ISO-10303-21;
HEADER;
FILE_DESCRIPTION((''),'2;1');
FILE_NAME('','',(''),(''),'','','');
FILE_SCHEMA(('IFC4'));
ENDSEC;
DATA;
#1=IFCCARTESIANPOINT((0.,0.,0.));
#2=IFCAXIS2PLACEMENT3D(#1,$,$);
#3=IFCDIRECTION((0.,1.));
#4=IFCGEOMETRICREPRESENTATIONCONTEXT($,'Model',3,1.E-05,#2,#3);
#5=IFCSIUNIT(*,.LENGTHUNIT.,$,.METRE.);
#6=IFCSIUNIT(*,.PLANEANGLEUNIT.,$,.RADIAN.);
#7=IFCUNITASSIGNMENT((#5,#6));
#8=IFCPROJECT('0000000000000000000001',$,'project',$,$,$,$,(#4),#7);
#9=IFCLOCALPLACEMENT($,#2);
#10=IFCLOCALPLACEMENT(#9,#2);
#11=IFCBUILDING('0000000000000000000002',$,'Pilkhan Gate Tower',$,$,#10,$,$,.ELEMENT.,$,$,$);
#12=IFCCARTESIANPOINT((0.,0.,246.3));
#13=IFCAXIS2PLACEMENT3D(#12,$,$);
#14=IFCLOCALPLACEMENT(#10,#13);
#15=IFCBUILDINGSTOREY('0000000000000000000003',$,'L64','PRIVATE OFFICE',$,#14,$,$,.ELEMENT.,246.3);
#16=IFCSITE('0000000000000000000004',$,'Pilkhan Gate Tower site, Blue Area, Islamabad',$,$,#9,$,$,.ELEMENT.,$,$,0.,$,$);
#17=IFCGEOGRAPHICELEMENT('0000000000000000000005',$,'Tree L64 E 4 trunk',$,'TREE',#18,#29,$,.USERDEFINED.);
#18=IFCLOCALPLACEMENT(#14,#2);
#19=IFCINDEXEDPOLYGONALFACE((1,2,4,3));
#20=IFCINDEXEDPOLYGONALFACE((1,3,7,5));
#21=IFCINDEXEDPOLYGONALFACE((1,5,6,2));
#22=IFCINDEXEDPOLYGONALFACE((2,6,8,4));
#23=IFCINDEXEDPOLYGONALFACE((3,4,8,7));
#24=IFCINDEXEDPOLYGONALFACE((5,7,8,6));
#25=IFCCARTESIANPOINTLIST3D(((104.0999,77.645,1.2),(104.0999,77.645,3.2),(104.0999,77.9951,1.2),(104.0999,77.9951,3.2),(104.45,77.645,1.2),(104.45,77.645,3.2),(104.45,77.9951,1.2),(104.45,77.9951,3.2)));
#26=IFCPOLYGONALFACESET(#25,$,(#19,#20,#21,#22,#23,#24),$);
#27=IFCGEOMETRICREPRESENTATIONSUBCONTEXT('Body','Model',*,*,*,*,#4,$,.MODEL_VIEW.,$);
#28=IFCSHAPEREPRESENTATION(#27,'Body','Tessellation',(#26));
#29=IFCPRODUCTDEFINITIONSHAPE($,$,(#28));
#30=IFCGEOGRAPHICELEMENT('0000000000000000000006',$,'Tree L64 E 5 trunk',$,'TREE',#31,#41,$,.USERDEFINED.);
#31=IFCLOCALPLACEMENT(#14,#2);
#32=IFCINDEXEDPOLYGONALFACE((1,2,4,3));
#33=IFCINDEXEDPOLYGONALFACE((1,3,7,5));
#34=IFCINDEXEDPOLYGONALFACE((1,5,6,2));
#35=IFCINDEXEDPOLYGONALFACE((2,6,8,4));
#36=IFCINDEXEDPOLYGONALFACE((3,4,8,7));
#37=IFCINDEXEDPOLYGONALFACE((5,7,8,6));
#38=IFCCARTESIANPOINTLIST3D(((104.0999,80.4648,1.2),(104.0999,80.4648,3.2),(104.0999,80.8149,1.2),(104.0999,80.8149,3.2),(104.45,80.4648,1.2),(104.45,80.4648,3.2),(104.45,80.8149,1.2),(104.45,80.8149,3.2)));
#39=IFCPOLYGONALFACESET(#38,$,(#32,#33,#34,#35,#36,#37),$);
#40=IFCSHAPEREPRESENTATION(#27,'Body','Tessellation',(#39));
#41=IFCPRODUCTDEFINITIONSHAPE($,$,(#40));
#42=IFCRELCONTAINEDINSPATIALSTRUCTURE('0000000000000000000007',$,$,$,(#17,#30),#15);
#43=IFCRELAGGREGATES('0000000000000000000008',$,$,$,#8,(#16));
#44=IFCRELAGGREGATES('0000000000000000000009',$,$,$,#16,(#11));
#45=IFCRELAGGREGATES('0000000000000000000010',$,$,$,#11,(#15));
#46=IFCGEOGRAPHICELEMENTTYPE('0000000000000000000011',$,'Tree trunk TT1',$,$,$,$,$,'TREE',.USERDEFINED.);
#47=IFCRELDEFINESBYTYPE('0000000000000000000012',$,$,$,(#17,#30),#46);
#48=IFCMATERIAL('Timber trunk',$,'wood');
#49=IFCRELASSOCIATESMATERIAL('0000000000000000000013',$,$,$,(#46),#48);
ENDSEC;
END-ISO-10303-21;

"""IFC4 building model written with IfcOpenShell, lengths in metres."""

from ifc_helpers import new_model, si_unit, direction, frame, origin, origin_2d, place, context, subcontext, project, spatial, rectangle, extrude, material, type_object, element, save


model = new_model("IFC4")

# Units and contexts
model_context = context("Model", 3, precision=1e-05, world=origin(), true_north=direction((0.0, 1.0)))
body_context = subcontext(model_context, "Body", "Model", "MODEL_VIEW")
ifc_project = project(units=[si_unit("LENGTHUNIT", "METRE"), si_unit("PLANEANGLEUNIT", "RADIAN")], contexts=[model_context])

# Site, building, storey
site_placement = place(None, origin())
site = spatial("IfcSite", under=ifc_project, at=site_placement, Name="Pilkhan Gate Tower site, Blue Area, Islamabad", CompositionType="ELEMENT", RefElevation=0.0)
building_placement = place(site_placement, origin())
building = spatial("IfcBuilding", under=site, at=building_placement, Name="Pilkhan Gate Tower", CompositionType="ELEMENT")
storey_placement = place(building_placement, frame((0.0, 0.0, 246.3)))
storey = spatial("IfcBuildingStorey", under=building, at=storey_placement, Name="L64", Description="PRIVATE OFFICE", CompositionType="ELEMENT", Elevation=246.3)

# Geographic elements
ifc_material_1 = material(Name="Timber trunk", Category="wood")
geographic_element_type_1 = type_object("IfcGeographicElementType", Name="Tree trunk TT1", ElementType="TREE", PredefinedType="USERDEFINED", material=ifc_material_1)
for number, where, z_axis, x_axis, name in (
    (1, (104.2749, 77.8201, 1.2), (0.0, 0.0, 1.0), (1.0, 0.0, 0.0), "Tree L64 E 4 trunk"),
    (2, (104.2749, 80.6399, 1.2), (0.0, 0.0, 1.0), (1.0, 0.0, 0.0), "Tree L64 E 5 trunk"),
):
    element("IfcGeographicElement", number, at=place(storey_placement, frame(where, z_axis=z_axis, x_axis=x_axis)), inside=storey, type_object=geographic_element_type_1, Name=name, ObjectType="TREE", PredefinedType="USERDEFINED", context=body_context, shape_type="SweptSolid", body=[
        extrude(rectangle(XDim=0.3501, YDim=0.3501, at=origin_2d()), origin(), (0.0, 0.0, 1.0), 2.0),
    ])

save(model, "model.ifc")
